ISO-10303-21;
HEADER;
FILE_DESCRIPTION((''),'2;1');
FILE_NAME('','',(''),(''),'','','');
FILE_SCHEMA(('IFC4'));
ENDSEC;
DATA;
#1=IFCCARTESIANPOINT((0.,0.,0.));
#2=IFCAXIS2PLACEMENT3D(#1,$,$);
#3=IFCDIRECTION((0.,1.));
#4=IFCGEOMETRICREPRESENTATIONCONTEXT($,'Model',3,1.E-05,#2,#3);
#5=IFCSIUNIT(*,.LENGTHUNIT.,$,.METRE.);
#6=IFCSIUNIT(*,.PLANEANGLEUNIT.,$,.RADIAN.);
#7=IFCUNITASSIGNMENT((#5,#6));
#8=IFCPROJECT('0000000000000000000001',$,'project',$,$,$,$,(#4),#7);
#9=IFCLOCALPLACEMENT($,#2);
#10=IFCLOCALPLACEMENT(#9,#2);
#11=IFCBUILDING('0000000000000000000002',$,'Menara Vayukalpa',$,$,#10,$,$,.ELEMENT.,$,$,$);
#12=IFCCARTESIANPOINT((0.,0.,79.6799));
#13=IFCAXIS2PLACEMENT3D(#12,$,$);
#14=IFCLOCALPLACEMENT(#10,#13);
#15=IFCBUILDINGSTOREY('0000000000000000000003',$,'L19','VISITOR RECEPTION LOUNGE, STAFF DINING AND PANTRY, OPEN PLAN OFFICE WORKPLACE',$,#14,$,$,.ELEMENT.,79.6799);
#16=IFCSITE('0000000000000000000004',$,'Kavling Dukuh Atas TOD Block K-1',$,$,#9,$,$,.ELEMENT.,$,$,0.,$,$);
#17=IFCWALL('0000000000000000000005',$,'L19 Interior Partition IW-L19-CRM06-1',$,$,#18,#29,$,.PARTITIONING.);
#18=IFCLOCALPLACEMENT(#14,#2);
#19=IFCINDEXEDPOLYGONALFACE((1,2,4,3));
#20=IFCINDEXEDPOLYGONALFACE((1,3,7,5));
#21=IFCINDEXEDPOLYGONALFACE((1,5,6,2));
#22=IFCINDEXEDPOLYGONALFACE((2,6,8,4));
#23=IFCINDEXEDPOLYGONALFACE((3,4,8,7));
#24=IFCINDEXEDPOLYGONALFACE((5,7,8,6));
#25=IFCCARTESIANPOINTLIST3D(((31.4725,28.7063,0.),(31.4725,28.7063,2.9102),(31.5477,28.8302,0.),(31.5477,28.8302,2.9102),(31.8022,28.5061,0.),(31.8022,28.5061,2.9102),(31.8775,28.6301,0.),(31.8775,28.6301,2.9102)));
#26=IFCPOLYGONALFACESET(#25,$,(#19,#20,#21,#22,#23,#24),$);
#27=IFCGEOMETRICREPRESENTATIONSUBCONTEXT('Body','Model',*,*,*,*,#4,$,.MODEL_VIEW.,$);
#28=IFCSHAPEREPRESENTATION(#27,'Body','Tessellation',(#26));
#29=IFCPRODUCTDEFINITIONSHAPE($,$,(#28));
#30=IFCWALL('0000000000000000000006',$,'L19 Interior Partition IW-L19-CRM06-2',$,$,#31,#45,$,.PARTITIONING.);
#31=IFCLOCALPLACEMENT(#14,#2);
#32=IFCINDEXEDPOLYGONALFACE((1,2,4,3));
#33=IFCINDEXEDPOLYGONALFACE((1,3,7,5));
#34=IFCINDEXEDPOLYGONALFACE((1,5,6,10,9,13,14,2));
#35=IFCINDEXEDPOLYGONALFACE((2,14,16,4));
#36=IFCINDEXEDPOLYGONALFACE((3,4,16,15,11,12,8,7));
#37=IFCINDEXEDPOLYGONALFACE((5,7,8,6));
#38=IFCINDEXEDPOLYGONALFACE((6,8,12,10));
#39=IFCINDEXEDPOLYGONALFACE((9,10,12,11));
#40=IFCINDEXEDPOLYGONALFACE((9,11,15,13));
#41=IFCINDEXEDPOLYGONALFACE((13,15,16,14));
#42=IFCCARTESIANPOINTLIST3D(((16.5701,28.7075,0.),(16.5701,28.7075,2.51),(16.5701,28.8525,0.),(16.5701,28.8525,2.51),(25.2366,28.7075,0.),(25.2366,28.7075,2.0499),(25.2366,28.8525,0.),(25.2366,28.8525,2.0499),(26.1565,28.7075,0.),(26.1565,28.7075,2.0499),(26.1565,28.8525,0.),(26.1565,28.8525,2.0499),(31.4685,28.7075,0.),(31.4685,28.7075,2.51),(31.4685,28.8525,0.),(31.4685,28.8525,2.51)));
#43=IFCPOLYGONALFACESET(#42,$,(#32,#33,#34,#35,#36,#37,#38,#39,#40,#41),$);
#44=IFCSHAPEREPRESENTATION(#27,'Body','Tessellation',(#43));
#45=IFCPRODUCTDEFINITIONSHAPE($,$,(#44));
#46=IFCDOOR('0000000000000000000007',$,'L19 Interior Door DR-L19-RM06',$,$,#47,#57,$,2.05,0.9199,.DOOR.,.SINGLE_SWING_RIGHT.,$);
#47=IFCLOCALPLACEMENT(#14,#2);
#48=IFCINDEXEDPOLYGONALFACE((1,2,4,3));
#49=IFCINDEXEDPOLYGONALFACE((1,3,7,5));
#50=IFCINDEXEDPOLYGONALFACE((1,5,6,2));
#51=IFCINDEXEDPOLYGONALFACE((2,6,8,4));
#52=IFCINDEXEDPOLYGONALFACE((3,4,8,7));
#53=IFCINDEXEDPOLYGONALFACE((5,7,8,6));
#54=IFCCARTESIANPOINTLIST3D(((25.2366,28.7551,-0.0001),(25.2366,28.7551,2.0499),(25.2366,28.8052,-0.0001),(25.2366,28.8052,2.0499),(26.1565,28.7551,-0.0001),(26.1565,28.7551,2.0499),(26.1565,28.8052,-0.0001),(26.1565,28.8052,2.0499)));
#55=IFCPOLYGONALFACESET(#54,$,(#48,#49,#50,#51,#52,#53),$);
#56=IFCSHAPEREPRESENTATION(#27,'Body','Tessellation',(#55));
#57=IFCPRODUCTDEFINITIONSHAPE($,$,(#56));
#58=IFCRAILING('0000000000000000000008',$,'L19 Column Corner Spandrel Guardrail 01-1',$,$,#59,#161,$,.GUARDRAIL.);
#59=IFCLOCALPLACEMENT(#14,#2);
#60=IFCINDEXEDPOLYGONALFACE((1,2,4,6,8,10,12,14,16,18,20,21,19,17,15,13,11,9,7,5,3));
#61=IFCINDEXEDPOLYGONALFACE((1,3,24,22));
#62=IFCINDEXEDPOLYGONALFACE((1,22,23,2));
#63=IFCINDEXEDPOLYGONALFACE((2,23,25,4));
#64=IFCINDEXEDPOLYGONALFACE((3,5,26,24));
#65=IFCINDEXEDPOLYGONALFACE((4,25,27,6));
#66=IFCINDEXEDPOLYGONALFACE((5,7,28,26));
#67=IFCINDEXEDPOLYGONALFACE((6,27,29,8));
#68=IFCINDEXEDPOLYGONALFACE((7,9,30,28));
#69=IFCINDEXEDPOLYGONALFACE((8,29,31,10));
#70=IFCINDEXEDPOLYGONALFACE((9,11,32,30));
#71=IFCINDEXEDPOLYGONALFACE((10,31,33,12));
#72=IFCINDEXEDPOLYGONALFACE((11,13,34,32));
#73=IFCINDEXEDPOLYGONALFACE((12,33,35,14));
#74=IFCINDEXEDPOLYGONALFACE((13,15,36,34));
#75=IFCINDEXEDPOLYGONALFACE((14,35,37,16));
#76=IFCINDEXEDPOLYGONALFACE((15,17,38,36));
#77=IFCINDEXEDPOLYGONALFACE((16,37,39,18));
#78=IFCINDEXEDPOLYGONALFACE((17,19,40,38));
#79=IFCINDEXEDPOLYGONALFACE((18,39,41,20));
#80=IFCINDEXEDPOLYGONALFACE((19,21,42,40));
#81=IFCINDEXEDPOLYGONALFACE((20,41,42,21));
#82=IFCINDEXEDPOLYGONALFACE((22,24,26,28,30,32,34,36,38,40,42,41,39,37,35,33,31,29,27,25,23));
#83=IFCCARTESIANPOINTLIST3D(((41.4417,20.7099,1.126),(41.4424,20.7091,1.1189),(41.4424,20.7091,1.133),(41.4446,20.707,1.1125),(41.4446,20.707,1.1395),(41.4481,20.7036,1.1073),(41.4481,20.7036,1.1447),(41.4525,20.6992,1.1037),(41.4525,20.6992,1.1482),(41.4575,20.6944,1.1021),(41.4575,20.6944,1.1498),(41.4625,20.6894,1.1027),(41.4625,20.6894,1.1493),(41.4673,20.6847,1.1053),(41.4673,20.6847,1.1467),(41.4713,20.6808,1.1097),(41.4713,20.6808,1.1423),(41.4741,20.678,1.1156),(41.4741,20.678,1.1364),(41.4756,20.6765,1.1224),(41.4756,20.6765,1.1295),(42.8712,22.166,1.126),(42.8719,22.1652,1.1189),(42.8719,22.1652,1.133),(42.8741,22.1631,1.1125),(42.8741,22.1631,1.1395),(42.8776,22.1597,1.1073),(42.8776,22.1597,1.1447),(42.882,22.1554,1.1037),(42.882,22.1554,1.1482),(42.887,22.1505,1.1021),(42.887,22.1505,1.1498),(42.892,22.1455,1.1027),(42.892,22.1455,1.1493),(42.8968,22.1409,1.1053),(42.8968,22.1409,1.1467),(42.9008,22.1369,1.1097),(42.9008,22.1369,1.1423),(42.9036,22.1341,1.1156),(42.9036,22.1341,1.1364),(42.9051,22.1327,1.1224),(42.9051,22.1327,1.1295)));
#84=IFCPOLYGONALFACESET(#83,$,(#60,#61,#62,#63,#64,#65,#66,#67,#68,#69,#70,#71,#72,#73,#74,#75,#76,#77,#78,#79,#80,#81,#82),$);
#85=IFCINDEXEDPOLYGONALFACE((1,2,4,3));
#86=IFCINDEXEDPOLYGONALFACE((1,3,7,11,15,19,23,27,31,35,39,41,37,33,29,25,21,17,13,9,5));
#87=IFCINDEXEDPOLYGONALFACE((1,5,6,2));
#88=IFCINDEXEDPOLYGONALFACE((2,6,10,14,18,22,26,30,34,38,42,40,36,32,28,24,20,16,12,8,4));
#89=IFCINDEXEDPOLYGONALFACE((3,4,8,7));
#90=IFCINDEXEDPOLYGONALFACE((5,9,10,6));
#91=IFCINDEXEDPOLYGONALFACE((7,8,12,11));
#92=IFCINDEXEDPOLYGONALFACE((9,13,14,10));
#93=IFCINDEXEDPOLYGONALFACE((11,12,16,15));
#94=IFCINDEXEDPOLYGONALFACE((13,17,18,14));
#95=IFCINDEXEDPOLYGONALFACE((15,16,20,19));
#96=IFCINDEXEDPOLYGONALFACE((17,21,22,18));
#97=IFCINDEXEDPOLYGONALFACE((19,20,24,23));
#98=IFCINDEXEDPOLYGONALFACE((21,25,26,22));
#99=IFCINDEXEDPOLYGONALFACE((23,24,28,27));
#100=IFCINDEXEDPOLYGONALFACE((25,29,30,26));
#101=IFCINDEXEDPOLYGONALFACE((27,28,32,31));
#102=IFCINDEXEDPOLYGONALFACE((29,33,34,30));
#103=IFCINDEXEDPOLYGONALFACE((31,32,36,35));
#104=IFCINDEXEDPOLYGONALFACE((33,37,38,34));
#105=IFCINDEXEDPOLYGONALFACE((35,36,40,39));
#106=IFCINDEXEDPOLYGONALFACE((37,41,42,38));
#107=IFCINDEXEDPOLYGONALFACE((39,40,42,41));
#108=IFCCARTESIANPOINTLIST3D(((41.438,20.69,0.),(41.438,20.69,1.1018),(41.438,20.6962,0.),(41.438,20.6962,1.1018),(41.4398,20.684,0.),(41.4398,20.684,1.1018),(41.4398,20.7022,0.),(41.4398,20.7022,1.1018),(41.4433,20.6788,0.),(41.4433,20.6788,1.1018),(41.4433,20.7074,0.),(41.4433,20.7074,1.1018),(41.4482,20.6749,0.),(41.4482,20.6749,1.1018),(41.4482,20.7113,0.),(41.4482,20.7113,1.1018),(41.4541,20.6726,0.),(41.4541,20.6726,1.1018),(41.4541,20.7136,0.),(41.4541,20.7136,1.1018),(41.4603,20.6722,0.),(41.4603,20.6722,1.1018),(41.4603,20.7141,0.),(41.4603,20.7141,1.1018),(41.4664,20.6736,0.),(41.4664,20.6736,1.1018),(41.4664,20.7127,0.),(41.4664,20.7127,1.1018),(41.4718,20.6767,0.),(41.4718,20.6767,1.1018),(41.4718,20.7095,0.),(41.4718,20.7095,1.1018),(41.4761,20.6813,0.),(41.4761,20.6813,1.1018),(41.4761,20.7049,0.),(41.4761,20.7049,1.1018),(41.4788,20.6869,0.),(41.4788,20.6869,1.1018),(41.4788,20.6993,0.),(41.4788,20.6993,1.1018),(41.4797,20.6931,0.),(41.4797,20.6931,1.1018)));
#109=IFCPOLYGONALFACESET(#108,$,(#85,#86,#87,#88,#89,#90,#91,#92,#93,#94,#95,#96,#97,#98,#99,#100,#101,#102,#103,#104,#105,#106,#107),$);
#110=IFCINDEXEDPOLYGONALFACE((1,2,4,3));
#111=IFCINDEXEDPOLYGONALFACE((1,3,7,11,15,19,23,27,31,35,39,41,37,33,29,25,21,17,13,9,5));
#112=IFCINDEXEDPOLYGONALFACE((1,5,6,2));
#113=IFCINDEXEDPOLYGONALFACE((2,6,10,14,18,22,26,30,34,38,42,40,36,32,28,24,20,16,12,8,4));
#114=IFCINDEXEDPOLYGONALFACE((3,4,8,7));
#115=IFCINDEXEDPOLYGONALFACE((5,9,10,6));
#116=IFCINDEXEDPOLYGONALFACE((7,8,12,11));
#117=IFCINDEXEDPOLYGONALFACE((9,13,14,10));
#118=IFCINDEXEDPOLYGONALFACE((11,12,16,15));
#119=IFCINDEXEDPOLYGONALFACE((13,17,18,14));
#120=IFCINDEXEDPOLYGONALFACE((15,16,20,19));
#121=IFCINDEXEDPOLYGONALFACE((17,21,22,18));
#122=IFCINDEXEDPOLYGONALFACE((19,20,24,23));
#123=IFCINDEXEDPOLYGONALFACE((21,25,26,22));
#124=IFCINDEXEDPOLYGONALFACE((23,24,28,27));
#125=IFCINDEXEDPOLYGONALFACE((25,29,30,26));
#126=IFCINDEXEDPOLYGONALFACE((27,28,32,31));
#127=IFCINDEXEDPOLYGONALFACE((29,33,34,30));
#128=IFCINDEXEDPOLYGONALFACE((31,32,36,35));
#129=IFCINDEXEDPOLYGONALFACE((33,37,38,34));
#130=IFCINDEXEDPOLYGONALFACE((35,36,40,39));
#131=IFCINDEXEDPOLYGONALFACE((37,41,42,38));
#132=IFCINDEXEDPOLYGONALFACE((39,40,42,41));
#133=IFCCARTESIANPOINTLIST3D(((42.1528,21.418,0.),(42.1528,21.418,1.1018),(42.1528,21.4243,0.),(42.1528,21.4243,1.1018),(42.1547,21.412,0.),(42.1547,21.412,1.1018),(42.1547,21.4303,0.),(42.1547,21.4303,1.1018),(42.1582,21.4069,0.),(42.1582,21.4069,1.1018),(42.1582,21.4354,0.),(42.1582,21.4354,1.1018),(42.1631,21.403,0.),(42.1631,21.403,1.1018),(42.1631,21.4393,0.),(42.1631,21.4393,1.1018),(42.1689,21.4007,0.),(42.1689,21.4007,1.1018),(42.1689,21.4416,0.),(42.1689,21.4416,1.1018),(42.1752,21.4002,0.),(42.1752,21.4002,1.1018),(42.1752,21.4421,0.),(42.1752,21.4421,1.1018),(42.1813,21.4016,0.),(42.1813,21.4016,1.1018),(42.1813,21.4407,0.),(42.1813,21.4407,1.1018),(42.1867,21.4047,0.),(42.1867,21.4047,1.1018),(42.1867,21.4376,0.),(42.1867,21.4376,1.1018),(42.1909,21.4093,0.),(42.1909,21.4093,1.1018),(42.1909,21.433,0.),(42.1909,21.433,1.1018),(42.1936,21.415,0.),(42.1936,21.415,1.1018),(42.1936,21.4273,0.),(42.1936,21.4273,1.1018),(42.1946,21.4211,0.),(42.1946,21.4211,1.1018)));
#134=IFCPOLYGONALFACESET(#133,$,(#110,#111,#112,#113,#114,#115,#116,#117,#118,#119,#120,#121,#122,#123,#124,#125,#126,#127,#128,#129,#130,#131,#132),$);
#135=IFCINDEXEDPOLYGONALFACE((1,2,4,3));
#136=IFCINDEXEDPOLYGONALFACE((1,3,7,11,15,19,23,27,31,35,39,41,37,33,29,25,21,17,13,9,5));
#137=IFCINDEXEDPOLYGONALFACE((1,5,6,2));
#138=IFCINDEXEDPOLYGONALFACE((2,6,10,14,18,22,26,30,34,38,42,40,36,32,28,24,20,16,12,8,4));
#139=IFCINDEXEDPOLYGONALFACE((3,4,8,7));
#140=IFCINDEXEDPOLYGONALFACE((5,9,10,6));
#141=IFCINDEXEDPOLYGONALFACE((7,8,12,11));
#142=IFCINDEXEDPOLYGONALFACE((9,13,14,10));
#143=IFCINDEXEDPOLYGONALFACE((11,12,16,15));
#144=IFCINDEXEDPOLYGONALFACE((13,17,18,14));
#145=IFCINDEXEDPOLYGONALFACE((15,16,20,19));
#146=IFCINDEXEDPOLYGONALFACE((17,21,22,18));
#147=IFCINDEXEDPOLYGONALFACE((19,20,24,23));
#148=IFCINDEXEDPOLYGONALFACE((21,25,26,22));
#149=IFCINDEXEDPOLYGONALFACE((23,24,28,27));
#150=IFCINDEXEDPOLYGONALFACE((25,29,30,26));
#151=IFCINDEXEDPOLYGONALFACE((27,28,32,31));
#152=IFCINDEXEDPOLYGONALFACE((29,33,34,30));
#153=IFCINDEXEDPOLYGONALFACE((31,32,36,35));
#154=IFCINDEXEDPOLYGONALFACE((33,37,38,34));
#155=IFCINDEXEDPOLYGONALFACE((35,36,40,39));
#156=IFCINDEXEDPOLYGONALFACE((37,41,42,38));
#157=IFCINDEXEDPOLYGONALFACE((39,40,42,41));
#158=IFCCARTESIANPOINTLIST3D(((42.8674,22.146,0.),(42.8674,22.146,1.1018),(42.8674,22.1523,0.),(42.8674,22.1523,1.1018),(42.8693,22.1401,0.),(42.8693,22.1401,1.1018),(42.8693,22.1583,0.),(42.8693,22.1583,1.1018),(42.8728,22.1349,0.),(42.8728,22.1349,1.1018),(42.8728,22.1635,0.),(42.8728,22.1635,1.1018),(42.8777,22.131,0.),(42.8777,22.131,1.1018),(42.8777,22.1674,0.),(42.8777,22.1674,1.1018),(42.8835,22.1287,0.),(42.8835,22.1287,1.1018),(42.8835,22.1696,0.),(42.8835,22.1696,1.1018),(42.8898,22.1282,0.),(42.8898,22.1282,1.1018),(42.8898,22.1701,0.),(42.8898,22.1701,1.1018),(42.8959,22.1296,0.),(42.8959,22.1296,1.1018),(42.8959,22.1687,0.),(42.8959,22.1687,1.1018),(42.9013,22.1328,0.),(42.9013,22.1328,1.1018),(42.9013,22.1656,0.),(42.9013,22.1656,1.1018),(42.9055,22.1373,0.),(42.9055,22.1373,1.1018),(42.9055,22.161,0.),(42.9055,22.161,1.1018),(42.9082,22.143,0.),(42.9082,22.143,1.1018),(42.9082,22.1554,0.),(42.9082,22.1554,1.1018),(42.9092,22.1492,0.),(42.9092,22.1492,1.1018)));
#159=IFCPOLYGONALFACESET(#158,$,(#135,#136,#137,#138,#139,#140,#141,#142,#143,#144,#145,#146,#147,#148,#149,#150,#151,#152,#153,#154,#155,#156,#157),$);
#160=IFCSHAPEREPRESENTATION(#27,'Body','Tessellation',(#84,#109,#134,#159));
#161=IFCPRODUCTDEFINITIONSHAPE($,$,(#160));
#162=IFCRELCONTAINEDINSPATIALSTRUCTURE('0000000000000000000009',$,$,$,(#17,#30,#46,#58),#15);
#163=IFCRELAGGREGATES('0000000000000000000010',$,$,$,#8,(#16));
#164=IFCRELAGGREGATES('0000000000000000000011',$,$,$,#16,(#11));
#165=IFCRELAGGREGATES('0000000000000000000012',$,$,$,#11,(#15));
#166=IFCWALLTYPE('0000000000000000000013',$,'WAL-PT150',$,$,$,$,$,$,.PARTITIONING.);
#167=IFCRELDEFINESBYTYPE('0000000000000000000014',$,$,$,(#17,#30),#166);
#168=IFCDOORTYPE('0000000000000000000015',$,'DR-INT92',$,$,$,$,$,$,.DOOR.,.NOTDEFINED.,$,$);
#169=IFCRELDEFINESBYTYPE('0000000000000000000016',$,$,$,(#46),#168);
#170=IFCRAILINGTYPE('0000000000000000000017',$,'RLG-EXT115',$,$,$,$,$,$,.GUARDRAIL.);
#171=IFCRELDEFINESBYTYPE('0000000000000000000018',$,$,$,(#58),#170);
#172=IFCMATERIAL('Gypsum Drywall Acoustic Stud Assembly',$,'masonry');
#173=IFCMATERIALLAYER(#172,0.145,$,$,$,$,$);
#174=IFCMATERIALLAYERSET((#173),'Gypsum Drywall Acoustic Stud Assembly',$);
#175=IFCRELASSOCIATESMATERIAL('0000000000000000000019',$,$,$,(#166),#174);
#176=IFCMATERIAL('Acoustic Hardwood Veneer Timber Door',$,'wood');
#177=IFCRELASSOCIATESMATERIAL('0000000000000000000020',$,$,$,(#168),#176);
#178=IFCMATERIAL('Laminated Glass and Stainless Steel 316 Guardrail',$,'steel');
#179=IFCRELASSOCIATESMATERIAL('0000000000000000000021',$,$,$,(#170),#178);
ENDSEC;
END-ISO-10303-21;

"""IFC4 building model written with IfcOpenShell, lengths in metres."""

from ifc_helpers import new_model, si_unit, direction, frame, frame_2d, origin, origin_2d, place, context, subcontext, project, spatial, rectangle, circle, extrude, material, layer, layer_set, type_object, element, fill, save


model = new_model("IFC4")

# Units and contexts
model_context = context("Model", 3, precision=1e-05, world=origin(), true_north=direction((0.0, 1.0)))
body_context = subcontext(model_context, "Body", "Model", "MODEL_VIEW")
ifc_project = project(units=[si_unit("LENGTHUNIT", "METRE"), si_unit("PLANEANGLEUNIT", "RADIAN")], contexts=[model_context])

# Site, building, storey
site_placement = place(None, origin())
site = spatial("IfcSite", under=ifc_project, at=site_placement, Name="Kavling Dukuh Atas TOD Block K-1", CompositionType="ELEMENT", RefElevation=0.0)
building_placement = place(site_placement, origin())
building = spatial("IfcBuilding", under=site, at=building_placement, Name="Menara Vayukalpa", CompositionType="ELEMENT")
storey_placement = place(building_placement, frame((0.0, 0.0, 79.6799)))
storey = spatial("IfcBuildingStorey", under=building, at=storey_placement, Name="L19", Description="VISITOR RECEPTION LOUNGE, STAFF DINING AND PANTRY, OPEN PLAN OFFICE WORKPLACE", CompositionType="ELEMENT", Elevation=79.6799)

# Wall
ifc_material_1 = material(Name="Gypsum Drywall Acoustic Stud Assembly", Category="masonry")
ifc_layer_1 = layer(ifc_material_1, 0.145)
ifc_layer_set_1 = layer_set([ifc_layer_1], Name="Gypsum Drywall Acoustic Stud Assembly")
wall_type_1 = type_object("IfcWallType", Name="WAL-PT150", PredefinedType="PARTITIONING", material=ifc_layer_set_1)
wall_1_placement = place(storey_placement, frame((31.8398, 28.5681, 0.0), z_axis=(0.0, 0.0, 1.0), x_axis=(-0.854858, 0.518863, 0.0)))
element("IfcWall", 1, at=wall_1_placement, inside=storey, type_object=wall_type_1, Name="L19 Interior Partition IW-L19-CRM06-1", PredefinedType="PARTITIONING", context=body_context, shape_type="SweptSolid", body=[
    extrude(rectangle(XDim=0.3857, YDim=0.145, at=frame_2d((0.1929, 0.0))), origin(), (0.0, 0.0, 1.0), 2.9102),
])

# Wall, opening, door
wall_2_placement = place(storey_placement, frame((31.4685, 28.78, 0.0), z_axis=(0.0, 0.0, 1.0), x_axis=(-1.0, 0.0, 0.0)))
wall_2 = element("IfcWall", 2, at=wall_2_placement, inside=storey, type_object=wall_type_1, Name="L19 Interior Partition IW-L19-CRM06-2", PredefinedType="PARTITIONING", context=body_context, shape_type="SweptSolid", body=[
    extrude(rectangle(XDim=14.8984, YDim=0.145, at=frame_2d((7.4492, 0.0))), origin(), (0.0, 0.0, 1.0), 2.51),
])
opening_placement = place(wall_2_placement, frame((5.312, 0.0, 0.0)))
opening = element("IfcOpeningElement", 3, at=opening_placement, cuts=wall_2, PredefinedType="OPENING", context=body_context, shape_type="SweptSolid", body=[
    extrude(rectangle(XDim=0.9199, YDim=2.05, at=frame_2d((0.46, 1.0249))), frame((0.0, 0.0825, 0.0), z_axis=(0.0, -1.0, 0.0), x_axis=(1.0, 0.0, 0.0)), (0.0, 0.0, 1.0), 0.165),
])
ifc_material_2 = material(Name="Acoustic Hardwood Veneer Timber Door", Category="wood")
door_type = type_object("IfcDoorType", Name="DR-INT92", OperationType="NOTDEFINED", PredefinedType="DOOR", material=ifc_material_2)
door_placement = place(opening_placement, origin())
door = element("IfcDoor", 4, at=door_placement, inside=storey, type_object=door_type, Name="L19 Interior Door DR-L19-RM06", OperationType="SINGLE_SWING_RIGHT", OverallHeight=2.05, OverallWidth=0.9199, PredefinedType="DOOR", context=body_context, shape_type="SweptSolid", body=[
    extrude(rectangle(XDim=0.9199, YDim=2.05, at=frame_2d((0.46, 1.0249))), frame((0.0, 0.0249, 0.0), z_axis=(0.0, -1.0, 0.0), x_axis=(1.0, 0.0, 0.0)), (0.0, 0.0, 1.0), 0.05),
])
fill(opening, door)

# Railing
ifc_material_3 = material(Name="Laminated Glass and Stainless Steel 316 Guardrail", Category="steel")
railing_type_1 = type_object("IfcRailingType", Name="RLG-EXT115", PredefinedType="GUARDRAIL", material=ifc_material_3)
railing_1_placement = place(storey_placement, frame((41.4587, 20.6931, 0.0)))
element("IfcRailing", 5, at=railing_1_placement, inside=storey, type_object=railing_type_1, Name="L19 Column Corner Spandrel Guardrail 01-1", PredefinedType="GUARDRAIL", context=body_context, shape_type="SweptSolid", body=[
    extrude(circle(Radius=0.0239, at=origin_2d()), frame((0.0, 0.0, 1.126), z_axis=(0.700556, 0.713598, 0.0), x_axis=(-0.713598, 0.700556, 0.0)), (0.0, 0.0, 1.0), 2.0405),
    extrude(circle(Radius=0.021, at=origin_2d()), origin(), (0.0, 0.0, 1.0), 1.1018),
    extrude(circle(Radius=0.021, at=origin_2d()), frame((0.7148, 0.728, 0.0)), (0.0, 0.0, 1.0), 1.1018),
    extrude(circle(Radius=0.021, at=origin_2d()), frame((1.4294, 1.4561, 0.0)), (0.0, 0.0, 1.0), 1.1018),
])

save(model, "model.ifc")
